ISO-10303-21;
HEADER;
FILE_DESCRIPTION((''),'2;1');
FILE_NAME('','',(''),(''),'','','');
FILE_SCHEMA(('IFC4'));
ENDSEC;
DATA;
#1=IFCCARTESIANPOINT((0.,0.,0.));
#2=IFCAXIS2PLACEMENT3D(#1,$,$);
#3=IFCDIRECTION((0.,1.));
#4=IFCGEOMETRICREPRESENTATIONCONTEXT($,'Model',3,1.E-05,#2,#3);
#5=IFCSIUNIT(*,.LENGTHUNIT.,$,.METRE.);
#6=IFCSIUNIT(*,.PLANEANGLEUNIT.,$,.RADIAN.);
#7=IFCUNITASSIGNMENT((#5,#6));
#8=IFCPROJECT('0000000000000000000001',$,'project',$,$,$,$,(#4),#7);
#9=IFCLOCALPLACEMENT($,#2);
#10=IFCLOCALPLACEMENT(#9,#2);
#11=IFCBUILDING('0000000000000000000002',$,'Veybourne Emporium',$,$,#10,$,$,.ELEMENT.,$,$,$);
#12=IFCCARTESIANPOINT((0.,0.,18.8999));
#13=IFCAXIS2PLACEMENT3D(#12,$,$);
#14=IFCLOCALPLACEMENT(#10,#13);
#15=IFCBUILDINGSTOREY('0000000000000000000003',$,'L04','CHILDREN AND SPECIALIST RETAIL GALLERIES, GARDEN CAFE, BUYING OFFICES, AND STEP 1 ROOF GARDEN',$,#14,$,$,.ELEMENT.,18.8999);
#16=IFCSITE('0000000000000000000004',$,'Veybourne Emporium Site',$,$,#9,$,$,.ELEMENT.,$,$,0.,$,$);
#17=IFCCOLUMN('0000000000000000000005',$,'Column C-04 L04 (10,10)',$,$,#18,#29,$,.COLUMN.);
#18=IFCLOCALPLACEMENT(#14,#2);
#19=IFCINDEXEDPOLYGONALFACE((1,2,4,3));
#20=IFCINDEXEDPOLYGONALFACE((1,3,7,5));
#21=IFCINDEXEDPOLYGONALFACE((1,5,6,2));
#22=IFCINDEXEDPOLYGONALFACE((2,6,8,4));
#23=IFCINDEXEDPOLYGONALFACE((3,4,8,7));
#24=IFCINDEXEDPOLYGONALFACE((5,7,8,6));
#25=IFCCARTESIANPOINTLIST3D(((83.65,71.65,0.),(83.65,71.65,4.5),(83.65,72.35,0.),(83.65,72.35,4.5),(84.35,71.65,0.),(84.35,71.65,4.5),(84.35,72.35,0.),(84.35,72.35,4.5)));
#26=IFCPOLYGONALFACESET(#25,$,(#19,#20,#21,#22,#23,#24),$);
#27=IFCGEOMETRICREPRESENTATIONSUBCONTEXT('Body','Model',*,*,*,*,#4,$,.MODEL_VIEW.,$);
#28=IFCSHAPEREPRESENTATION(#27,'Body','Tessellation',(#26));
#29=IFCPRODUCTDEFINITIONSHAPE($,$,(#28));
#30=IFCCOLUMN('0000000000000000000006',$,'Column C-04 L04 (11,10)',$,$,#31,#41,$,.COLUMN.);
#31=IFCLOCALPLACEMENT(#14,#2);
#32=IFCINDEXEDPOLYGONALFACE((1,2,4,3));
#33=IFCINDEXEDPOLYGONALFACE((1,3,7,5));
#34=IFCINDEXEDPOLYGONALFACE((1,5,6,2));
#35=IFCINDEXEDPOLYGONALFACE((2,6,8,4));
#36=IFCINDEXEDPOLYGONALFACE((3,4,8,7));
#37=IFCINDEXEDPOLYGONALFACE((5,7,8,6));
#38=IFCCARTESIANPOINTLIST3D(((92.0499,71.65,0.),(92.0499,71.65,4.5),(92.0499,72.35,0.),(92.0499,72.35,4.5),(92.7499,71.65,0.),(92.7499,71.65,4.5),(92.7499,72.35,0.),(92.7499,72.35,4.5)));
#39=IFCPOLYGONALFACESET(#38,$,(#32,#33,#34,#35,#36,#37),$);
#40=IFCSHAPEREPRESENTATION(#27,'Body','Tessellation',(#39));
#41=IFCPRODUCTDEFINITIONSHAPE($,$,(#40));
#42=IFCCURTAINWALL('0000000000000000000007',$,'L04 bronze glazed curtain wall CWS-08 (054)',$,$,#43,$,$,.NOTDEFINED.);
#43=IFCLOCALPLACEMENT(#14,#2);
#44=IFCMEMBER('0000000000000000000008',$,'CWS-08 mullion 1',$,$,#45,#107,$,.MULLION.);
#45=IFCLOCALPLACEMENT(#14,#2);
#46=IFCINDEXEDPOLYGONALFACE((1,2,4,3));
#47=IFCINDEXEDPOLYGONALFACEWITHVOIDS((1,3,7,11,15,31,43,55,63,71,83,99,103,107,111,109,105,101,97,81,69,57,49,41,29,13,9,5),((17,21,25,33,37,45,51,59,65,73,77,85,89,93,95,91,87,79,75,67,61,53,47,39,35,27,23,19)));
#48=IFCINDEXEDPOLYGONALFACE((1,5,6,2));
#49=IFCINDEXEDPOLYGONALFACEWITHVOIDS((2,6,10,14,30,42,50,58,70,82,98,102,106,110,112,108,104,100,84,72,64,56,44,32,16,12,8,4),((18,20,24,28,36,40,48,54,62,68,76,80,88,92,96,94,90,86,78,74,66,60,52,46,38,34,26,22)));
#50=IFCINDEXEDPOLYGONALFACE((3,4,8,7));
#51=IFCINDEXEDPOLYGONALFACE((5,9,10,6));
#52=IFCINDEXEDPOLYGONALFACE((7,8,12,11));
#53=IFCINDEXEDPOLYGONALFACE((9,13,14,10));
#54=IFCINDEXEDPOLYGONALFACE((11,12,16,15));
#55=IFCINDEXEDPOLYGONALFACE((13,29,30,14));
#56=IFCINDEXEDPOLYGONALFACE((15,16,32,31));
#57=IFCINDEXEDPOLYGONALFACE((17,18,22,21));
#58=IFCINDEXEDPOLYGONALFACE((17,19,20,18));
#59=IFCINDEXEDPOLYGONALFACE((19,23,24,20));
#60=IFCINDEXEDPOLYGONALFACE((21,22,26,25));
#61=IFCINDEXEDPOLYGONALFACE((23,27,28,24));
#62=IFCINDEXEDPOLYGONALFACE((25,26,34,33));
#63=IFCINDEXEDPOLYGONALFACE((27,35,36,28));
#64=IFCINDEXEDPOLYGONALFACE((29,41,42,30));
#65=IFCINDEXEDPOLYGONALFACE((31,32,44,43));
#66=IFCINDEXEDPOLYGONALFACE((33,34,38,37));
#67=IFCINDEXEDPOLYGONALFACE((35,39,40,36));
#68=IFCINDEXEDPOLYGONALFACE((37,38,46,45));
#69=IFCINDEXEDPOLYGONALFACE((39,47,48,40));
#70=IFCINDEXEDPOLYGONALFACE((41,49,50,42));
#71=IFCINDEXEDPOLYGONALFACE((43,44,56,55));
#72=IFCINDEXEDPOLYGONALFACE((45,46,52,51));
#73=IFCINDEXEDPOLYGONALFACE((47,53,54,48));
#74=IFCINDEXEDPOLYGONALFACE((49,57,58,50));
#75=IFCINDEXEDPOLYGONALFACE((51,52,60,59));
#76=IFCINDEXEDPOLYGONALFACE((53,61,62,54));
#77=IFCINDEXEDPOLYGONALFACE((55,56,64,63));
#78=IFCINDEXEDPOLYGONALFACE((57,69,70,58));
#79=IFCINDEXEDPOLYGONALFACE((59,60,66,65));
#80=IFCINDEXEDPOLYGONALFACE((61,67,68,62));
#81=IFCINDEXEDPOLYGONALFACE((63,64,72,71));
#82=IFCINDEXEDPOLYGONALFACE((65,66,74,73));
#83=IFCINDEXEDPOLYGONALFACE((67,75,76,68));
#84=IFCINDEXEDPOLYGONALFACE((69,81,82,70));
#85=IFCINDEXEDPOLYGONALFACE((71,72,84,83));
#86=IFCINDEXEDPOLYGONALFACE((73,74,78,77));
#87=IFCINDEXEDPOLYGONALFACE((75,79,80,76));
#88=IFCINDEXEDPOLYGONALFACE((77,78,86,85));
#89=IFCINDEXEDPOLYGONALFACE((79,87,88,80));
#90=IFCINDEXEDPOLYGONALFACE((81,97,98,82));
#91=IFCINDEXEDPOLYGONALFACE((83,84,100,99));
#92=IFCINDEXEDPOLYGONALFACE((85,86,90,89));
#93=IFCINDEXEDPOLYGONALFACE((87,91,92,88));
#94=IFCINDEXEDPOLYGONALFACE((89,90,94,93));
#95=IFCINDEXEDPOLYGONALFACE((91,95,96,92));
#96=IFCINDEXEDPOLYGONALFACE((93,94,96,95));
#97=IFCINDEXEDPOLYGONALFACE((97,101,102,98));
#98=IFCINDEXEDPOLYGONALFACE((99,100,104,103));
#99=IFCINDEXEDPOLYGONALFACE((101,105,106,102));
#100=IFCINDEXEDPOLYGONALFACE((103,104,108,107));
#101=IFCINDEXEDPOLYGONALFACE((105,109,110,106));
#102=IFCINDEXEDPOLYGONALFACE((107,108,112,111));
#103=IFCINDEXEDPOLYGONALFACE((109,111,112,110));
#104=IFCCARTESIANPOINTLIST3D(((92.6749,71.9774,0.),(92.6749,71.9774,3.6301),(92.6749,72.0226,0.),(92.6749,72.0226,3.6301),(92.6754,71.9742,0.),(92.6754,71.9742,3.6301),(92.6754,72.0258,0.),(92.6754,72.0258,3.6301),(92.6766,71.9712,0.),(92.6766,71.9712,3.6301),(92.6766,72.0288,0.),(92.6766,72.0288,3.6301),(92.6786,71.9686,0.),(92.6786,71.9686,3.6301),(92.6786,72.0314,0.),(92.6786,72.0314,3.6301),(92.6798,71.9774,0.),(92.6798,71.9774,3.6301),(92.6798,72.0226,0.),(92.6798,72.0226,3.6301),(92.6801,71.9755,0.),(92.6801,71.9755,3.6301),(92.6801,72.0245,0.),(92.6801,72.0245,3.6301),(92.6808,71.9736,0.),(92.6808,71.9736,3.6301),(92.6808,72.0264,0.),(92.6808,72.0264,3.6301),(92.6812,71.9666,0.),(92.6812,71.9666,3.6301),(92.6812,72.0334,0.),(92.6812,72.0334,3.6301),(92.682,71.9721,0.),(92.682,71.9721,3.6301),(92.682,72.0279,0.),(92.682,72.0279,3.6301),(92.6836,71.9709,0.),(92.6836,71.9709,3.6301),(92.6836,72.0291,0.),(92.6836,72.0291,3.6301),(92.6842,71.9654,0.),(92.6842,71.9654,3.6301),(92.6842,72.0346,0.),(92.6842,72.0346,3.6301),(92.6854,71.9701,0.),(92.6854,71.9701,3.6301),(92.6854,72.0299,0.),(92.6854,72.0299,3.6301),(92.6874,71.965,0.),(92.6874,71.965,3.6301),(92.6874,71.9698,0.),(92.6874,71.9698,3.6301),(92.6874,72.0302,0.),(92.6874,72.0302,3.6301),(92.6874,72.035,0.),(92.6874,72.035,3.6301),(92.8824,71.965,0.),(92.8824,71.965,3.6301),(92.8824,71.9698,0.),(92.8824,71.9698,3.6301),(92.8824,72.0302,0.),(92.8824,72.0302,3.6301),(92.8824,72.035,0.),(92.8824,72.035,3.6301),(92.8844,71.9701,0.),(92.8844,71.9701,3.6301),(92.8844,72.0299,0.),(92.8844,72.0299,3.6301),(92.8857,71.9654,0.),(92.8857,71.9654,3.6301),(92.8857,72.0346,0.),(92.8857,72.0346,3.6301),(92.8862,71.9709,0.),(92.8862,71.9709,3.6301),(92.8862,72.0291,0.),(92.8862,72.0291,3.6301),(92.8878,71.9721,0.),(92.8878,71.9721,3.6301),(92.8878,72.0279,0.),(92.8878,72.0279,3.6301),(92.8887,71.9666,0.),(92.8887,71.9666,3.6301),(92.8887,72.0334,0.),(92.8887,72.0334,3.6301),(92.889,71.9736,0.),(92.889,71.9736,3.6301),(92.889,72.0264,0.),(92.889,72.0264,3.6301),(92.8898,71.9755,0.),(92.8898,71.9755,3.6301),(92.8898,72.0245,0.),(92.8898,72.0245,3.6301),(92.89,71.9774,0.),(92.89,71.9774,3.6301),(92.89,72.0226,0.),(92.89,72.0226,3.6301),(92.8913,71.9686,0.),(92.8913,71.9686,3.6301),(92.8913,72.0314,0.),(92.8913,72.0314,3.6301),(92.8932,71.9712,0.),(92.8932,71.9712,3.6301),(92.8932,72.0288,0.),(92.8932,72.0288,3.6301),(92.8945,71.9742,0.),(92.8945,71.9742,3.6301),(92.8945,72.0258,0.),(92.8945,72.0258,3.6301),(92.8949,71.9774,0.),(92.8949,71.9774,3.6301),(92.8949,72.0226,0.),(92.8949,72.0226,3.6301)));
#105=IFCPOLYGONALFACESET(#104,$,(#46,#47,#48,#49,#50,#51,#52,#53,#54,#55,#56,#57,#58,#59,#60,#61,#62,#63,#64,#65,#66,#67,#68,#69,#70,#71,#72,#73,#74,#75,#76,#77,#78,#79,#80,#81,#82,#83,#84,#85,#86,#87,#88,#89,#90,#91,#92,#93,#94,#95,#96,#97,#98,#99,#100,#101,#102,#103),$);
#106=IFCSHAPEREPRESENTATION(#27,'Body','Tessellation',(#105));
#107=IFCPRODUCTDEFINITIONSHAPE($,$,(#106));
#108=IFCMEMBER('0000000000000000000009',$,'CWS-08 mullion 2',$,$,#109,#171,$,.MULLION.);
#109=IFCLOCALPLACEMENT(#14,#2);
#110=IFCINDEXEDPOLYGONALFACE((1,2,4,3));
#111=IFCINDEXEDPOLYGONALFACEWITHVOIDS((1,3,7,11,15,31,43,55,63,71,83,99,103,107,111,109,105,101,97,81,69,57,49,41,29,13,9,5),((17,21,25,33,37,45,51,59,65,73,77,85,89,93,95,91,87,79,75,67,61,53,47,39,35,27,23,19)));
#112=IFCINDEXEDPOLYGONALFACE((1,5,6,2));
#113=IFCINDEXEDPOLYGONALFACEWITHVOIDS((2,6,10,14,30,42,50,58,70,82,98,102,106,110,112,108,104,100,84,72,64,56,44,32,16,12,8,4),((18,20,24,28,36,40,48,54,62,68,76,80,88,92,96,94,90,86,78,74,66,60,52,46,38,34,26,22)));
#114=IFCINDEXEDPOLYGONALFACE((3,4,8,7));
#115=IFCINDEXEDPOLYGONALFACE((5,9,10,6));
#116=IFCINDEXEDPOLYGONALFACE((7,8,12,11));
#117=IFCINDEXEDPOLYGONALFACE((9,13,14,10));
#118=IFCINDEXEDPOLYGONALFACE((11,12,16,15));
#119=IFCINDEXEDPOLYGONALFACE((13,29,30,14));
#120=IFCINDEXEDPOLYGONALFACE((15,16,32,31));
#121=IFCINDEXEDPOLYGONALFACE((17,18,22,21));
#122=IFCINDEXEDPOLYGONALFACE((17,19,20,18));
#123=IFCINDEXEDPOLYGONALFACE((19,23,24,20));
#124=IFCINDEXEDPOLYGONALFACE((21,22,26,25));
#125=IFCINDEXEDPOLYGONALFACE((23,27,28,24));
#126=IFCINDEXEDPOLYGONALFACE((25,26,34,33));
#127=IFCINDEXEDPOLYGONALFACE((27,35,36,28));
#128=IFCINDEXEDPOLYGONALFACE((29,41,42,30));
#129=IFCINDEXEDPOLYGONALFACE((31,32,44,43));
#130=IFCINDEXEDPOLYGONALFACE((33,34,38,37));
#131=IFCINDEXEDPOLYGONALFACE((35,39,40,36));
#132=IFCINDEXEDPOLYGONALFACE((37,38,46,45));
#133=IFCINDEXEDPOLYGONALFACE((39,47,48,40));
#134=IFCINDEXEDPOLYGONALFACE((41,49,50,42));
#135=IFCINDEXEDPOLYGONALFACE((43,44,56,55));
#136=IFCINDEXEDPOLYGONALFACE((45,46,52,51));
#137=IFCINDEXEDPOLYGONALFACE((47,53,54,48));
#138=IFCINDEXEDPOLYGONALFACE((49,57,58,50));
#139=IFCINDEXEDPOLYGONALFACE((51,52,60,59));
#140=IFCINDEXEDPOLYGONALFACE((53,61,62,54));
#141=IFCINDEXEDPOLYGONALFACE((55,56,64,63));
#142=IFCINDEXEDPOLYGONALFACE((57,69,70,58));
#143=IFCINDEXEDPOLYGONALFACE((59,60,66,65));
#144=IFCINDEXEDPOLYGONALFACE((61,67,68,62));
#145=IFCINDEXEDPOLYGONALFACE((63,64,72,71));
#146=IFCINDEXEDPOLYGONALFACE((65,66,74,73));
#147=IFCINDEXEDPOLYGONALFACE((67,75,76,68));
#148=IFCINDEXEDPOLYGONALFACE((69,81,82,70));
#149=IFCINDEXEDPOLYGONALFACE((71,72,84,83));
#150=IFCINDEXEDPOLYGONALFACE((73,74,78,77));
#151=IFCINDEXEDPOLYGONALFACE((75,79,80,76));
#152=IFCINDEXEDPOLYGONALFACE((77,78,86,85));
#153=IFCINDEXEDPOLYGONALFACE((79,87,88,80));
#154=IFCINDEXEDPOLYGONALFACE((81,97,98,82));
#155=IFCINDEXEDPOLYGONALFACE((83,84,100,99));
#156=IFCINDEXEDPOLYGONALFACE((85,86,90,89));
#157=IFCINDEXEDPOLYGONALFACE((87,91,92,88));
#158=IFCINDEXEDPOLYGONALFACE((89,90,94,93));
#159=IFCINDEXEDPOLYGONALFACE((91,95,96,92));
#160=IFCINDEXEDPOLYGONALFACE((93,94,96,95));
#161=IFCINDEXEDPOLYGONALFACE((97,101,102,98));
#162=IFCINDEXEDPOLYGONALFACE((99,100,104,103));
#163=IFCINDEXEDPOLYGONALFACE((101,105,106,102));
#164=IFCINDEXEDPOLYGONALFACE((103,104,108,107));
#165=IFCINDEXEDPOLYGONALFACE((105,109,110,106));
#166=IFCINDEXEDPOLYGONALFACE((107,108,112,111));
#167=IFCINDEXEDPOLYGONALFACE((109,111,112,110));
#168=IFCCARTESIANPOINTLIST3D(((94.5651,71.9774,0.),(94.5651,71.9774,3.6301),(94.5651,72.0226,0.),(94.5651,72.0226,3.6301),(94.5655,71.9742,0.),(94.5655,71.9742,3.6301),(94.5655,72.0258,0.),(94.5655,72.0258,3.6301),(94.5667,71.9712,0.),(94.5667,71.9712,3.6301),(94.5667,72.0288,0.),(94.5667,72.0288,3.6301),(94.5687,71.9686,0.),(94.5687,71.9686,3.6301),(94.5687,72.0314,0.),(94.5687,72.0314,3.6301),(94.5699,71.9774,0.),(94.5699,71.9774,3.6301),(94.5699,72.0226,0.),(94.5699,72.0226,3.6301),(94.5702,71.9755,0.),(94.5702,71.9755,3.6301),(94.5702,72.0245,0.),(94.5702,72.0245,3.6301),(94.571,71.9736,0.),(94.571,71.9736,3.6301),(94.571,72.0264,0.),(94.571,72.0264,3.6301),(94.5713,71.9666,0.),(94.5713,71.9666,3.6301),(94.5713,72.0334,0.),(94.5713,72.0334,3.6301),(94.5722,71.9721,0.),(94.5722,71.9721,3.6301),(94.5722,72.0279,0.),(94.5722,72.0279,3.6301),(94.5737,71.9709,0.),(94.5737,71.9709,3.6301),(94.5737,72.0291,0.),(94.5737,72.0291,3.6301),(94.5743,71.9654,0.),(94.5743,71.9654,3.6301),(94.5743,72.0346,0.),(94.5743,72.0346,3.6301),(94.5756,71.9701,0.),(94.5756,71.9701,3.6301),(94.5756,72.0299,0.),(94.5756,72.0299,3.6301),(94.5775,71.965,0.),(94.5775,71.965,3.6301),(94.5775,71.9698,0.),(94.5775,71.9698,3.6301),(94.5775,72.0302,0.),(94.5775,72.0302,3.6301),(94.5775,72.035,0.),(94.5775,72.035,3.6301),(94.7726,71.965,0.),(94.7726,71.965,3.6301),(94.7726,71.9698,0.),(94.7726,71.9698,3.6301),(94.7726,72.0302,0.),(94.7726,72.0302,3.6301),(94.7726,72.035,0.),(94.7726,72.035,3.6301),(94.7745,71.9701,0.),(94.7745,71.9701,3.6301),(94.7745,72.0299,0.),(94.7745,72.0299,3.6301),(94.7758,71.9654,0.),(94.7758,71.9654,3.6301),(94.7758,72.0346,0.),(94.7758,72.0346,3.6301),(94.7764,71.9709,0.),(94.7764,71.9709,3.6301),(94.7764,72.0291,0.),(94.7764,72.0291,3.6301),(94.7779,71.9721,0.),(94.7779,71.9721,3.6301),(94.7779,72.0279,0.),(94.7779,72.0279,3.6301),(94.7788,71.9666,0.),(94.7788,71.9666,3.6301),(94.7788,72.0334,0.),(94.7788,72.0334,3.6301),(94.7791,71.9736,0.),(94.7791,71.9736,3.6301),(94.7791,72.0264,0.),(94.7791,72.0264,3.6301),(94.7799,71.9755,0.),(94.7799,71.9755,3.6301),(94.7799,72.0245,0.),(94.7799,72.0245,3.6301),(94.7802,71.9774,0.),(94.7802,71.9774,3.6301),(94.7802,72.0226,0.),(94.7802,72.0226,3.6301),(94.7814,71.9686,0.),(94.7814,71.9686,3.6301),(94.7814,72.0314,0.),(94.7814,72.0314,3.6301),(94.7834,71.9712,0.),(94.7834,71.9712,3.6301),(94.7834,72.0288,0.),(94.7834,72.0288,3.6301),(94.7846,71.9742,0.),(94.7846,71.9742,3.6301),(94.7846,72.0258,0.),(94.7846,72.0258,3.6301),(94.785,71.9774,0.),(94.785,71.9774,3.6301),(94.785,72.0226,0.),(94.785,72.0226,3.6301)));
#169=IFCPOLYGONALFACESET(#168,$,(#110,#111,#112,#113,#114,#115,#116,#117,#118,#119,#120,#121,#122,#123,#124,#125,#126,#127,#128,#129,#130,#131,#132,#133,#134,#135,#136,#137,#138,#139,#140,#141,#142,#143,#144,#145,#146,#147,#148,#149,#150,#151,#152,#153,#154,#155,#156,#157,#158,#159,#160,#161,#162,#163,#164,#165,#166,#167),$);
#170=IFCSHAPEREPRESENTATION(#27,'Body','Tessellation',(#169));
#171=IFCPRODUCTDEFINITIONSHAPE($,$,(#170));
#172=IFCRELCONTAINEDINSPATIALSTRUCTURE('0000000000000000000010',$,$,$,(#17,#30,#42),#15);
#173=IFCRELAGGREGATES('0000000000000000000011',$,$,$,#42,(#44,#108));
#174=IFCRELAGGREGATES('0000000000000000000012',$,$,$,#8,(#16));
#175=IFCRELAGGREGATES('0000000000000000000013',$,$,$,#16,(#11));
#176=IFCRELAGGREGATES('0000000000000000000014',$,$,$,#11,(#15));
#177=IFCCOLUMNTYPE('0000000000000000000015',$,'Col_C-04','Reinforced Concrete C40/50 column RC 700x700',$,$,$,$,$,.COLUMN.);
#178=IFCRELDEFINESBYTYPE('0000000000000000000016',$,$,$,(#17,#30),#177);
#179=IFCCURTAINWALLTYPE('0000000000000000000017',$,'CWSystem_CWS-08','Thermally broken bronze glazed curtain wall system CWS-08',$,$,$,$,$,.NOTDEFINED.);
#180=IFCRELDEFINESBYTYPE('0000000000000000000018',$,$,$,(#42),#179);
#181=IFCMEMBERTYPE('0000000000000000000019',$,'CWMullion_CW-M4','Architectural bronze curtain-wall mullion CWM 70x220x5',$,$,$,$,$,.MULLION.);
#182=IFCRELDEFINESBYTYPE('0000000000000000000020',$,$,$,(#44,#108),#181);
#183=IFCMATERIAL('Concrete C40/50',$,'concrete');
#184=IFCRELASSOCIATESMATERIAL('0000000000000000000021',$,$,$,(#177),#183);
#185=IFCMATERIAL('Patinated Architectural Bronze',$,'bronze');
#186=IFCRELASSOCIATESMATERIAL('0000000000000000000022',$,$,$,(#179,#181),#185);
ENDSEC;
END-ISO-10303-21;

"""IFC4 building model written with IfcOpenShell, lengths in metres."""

from ifc_helpers import new_model, si_unit, direction, frame, origin, origin_2d, place, context, subcontext, project, spatial, rectangle, hollow_rectangle, extrude, material, material_profile, profile_set, type_object, element, aggregate, save


model = new_model("IFC4")

# Units and contexts
model_context = context("Model", 3, precision=1e-05, world=origin(), true_north=direction((0.0, 1.0)))
body_context = subcontext(model_context, "Body", "Model", "MODEL_VIEW")
ifc_project = project(units=[si_unit("LENGTHUNIT", "METRE"), si_unit("PLANEANGLEUNIT", "RADIAN")], contexts=[model_context])

# Site, building, storey
site_placement = place(None, origin())
site = spatial("IfcSite", under=ifc_project, at=site_placement, Name="Veybourne Emporium Site", CompositionType="ELEMENT", RefElevation=0.0)
building_placement = place(site_placement, origin())
building = spatial("IfcBuilding", under=site, at=building_placement, Name="Veybourne Emporium", CompositionType="ELEMENT")
storey_placement = place(building_placement, frame((0.0, 0.0, 18.8999)))
storey = spatial("IfcBuildingStorey", under=building, at=storey_placement, Name="L04", Description="CHILDREN AND SPECIALIST RETAIL GALLERIES, GARDEN CAFE, BUYING OFFICES, AND STEP 1 ROOF GARDEN", CompositionType="ELEMENT", Elevation=18.8999)

# Columns
ifc_material_1 = material(Name="Concrete C40/50", Category="concrete")
ifc_material_profile_1 = material_profile(ifc_material_1, rectangle(XDim=0.7, YDim=0.7, at=origin_2d()), Name="RC 700x700")
ifc_profile_set_1 = profile_set([ifc_material_profile_1], Name="Concrete C40/50")
column_type = type_object("IfcColumnType", Name="Col_C-04", Description="Reinforced Concrete C40/50 column RC 700x700", PredefinedType="COLUMN", material=ifc_profile_set_1)
for number, where, z_axis, x_axis, name in (
    (1, (84.0, 72.0, 0.0), (0.0, 0.0, 1.0), (1.0, 0.0, 0.0), "Column C-04 L04 (10,10)"),
    (2, (92.3999, 72.0, 0.0), (0.0, 0.0, 1.0), (1.0, 0.0, 0.0), "Column C-04 L04 (11,10)"),
):
    element("IfcColumn", number, at=place(storey_placement, frame(where, z_axis=z_axis, x_axis=x_axis)), inside=storey, type_object=column_type, Name=name, PredefinedType="COLUMN", context=body_context, shape_type="SweptSolid", body=[
        extrude(rectangle(XDim=0.7, YDim=0.7, at=origin_2d()), origin(), (0.0, 0.0, 1.0), 4.5),
    ])

# Curtain wall, members
ifc_material_2 = material(Name="Patinated Architectural Bronze", Category="bronze")
curtain_wall_type = type_object("IfcCurtainWallType", Name="CWSystem_CWS-08", Description="Thermally broken bronze glazed curtain wall system CWS-08", PredefinedType="NOTDEFINED", material=ifc_material_2)
curtain_wall_placement = place(storey_placement, origin())
curtain_wall = element("IfcCurtainWall", 3, at=curtain_wall_placement, inside=storey, type_object=curtain_wall_type, Name="L04 bronze glazed curtain wall CWS-08 (054)", PredefinedType="NOTDEFINED")
ifc_material_profile_2 = material_profile(ifc_material_2, hollow_rectangle(XDim=0.0701, YDim=0.22, WallThickness=0.0049, InnerFilletRadius=0.0076, OuterFilletRadius=0.0125, at=origin_2d()), Name="CWM 70x220x5")
ifc_profile_set_2 = profile_set([ifc_material_profile_2], Name="Patinated Architectural Bronze")
member_type_1 = type_object("IfcMemberType", Name="CWMullion_CW-M4", Description="Architectural bronze curtain-wall mullion CWM 70x220x5", PredefinedType="MULLION", material=ifc_profile_set_2)
member_1_placement = place(storey_placement, frame((92.7849, 72.0, 0.0), z_axis=(0.0, 0.0, 1.0), x_axis=(0.0, 1.0, 0.0)))
member_1 = element("IfcMember", 4, at=member_1_placement, type_object=member_type_1, Name="CWS-08 mullion 1", PredefinedType="MULLION", context=body_context, shape_type="SweptSolid", body=[
    extrude(hollow_rectangle(XDim=0.0701, YDim=0.22, WallThickness=0.0049, InnerFilletRadius=0.0076, OuterFilletRadius=0.0125, at=origin_2d()), origin(), (0.0, 0.0, 1.0), 3.6301),
])
member_2_placement = place(storey_placement, frame((94.675, 72.0, 0.0), z_axis=(0.0, 0.0, 1.0), x_axis=(0.0, 1.0, 0.0)))
member_2 = element("IfcMember", 5, at=member_2_placement, type_object=member_type_1, Name="CWS-08 mullion 2", PredefinedType="MULLION", context=body_context, shape_type="SweptSolid", body=[
    extrude(hollow_rectangle(XDim=0.0701, YDim=0.22, WallThickness=0.0049, InnerFilletRadius=0.0076, OuterFilletRadius=0.0125, at=origin_2d()), origin(), (0.0, 0.0, 1.0), 3.6301),
])

aggregate(curtain_wall, [member_1, member_2])

save(model, "model.ifc")
